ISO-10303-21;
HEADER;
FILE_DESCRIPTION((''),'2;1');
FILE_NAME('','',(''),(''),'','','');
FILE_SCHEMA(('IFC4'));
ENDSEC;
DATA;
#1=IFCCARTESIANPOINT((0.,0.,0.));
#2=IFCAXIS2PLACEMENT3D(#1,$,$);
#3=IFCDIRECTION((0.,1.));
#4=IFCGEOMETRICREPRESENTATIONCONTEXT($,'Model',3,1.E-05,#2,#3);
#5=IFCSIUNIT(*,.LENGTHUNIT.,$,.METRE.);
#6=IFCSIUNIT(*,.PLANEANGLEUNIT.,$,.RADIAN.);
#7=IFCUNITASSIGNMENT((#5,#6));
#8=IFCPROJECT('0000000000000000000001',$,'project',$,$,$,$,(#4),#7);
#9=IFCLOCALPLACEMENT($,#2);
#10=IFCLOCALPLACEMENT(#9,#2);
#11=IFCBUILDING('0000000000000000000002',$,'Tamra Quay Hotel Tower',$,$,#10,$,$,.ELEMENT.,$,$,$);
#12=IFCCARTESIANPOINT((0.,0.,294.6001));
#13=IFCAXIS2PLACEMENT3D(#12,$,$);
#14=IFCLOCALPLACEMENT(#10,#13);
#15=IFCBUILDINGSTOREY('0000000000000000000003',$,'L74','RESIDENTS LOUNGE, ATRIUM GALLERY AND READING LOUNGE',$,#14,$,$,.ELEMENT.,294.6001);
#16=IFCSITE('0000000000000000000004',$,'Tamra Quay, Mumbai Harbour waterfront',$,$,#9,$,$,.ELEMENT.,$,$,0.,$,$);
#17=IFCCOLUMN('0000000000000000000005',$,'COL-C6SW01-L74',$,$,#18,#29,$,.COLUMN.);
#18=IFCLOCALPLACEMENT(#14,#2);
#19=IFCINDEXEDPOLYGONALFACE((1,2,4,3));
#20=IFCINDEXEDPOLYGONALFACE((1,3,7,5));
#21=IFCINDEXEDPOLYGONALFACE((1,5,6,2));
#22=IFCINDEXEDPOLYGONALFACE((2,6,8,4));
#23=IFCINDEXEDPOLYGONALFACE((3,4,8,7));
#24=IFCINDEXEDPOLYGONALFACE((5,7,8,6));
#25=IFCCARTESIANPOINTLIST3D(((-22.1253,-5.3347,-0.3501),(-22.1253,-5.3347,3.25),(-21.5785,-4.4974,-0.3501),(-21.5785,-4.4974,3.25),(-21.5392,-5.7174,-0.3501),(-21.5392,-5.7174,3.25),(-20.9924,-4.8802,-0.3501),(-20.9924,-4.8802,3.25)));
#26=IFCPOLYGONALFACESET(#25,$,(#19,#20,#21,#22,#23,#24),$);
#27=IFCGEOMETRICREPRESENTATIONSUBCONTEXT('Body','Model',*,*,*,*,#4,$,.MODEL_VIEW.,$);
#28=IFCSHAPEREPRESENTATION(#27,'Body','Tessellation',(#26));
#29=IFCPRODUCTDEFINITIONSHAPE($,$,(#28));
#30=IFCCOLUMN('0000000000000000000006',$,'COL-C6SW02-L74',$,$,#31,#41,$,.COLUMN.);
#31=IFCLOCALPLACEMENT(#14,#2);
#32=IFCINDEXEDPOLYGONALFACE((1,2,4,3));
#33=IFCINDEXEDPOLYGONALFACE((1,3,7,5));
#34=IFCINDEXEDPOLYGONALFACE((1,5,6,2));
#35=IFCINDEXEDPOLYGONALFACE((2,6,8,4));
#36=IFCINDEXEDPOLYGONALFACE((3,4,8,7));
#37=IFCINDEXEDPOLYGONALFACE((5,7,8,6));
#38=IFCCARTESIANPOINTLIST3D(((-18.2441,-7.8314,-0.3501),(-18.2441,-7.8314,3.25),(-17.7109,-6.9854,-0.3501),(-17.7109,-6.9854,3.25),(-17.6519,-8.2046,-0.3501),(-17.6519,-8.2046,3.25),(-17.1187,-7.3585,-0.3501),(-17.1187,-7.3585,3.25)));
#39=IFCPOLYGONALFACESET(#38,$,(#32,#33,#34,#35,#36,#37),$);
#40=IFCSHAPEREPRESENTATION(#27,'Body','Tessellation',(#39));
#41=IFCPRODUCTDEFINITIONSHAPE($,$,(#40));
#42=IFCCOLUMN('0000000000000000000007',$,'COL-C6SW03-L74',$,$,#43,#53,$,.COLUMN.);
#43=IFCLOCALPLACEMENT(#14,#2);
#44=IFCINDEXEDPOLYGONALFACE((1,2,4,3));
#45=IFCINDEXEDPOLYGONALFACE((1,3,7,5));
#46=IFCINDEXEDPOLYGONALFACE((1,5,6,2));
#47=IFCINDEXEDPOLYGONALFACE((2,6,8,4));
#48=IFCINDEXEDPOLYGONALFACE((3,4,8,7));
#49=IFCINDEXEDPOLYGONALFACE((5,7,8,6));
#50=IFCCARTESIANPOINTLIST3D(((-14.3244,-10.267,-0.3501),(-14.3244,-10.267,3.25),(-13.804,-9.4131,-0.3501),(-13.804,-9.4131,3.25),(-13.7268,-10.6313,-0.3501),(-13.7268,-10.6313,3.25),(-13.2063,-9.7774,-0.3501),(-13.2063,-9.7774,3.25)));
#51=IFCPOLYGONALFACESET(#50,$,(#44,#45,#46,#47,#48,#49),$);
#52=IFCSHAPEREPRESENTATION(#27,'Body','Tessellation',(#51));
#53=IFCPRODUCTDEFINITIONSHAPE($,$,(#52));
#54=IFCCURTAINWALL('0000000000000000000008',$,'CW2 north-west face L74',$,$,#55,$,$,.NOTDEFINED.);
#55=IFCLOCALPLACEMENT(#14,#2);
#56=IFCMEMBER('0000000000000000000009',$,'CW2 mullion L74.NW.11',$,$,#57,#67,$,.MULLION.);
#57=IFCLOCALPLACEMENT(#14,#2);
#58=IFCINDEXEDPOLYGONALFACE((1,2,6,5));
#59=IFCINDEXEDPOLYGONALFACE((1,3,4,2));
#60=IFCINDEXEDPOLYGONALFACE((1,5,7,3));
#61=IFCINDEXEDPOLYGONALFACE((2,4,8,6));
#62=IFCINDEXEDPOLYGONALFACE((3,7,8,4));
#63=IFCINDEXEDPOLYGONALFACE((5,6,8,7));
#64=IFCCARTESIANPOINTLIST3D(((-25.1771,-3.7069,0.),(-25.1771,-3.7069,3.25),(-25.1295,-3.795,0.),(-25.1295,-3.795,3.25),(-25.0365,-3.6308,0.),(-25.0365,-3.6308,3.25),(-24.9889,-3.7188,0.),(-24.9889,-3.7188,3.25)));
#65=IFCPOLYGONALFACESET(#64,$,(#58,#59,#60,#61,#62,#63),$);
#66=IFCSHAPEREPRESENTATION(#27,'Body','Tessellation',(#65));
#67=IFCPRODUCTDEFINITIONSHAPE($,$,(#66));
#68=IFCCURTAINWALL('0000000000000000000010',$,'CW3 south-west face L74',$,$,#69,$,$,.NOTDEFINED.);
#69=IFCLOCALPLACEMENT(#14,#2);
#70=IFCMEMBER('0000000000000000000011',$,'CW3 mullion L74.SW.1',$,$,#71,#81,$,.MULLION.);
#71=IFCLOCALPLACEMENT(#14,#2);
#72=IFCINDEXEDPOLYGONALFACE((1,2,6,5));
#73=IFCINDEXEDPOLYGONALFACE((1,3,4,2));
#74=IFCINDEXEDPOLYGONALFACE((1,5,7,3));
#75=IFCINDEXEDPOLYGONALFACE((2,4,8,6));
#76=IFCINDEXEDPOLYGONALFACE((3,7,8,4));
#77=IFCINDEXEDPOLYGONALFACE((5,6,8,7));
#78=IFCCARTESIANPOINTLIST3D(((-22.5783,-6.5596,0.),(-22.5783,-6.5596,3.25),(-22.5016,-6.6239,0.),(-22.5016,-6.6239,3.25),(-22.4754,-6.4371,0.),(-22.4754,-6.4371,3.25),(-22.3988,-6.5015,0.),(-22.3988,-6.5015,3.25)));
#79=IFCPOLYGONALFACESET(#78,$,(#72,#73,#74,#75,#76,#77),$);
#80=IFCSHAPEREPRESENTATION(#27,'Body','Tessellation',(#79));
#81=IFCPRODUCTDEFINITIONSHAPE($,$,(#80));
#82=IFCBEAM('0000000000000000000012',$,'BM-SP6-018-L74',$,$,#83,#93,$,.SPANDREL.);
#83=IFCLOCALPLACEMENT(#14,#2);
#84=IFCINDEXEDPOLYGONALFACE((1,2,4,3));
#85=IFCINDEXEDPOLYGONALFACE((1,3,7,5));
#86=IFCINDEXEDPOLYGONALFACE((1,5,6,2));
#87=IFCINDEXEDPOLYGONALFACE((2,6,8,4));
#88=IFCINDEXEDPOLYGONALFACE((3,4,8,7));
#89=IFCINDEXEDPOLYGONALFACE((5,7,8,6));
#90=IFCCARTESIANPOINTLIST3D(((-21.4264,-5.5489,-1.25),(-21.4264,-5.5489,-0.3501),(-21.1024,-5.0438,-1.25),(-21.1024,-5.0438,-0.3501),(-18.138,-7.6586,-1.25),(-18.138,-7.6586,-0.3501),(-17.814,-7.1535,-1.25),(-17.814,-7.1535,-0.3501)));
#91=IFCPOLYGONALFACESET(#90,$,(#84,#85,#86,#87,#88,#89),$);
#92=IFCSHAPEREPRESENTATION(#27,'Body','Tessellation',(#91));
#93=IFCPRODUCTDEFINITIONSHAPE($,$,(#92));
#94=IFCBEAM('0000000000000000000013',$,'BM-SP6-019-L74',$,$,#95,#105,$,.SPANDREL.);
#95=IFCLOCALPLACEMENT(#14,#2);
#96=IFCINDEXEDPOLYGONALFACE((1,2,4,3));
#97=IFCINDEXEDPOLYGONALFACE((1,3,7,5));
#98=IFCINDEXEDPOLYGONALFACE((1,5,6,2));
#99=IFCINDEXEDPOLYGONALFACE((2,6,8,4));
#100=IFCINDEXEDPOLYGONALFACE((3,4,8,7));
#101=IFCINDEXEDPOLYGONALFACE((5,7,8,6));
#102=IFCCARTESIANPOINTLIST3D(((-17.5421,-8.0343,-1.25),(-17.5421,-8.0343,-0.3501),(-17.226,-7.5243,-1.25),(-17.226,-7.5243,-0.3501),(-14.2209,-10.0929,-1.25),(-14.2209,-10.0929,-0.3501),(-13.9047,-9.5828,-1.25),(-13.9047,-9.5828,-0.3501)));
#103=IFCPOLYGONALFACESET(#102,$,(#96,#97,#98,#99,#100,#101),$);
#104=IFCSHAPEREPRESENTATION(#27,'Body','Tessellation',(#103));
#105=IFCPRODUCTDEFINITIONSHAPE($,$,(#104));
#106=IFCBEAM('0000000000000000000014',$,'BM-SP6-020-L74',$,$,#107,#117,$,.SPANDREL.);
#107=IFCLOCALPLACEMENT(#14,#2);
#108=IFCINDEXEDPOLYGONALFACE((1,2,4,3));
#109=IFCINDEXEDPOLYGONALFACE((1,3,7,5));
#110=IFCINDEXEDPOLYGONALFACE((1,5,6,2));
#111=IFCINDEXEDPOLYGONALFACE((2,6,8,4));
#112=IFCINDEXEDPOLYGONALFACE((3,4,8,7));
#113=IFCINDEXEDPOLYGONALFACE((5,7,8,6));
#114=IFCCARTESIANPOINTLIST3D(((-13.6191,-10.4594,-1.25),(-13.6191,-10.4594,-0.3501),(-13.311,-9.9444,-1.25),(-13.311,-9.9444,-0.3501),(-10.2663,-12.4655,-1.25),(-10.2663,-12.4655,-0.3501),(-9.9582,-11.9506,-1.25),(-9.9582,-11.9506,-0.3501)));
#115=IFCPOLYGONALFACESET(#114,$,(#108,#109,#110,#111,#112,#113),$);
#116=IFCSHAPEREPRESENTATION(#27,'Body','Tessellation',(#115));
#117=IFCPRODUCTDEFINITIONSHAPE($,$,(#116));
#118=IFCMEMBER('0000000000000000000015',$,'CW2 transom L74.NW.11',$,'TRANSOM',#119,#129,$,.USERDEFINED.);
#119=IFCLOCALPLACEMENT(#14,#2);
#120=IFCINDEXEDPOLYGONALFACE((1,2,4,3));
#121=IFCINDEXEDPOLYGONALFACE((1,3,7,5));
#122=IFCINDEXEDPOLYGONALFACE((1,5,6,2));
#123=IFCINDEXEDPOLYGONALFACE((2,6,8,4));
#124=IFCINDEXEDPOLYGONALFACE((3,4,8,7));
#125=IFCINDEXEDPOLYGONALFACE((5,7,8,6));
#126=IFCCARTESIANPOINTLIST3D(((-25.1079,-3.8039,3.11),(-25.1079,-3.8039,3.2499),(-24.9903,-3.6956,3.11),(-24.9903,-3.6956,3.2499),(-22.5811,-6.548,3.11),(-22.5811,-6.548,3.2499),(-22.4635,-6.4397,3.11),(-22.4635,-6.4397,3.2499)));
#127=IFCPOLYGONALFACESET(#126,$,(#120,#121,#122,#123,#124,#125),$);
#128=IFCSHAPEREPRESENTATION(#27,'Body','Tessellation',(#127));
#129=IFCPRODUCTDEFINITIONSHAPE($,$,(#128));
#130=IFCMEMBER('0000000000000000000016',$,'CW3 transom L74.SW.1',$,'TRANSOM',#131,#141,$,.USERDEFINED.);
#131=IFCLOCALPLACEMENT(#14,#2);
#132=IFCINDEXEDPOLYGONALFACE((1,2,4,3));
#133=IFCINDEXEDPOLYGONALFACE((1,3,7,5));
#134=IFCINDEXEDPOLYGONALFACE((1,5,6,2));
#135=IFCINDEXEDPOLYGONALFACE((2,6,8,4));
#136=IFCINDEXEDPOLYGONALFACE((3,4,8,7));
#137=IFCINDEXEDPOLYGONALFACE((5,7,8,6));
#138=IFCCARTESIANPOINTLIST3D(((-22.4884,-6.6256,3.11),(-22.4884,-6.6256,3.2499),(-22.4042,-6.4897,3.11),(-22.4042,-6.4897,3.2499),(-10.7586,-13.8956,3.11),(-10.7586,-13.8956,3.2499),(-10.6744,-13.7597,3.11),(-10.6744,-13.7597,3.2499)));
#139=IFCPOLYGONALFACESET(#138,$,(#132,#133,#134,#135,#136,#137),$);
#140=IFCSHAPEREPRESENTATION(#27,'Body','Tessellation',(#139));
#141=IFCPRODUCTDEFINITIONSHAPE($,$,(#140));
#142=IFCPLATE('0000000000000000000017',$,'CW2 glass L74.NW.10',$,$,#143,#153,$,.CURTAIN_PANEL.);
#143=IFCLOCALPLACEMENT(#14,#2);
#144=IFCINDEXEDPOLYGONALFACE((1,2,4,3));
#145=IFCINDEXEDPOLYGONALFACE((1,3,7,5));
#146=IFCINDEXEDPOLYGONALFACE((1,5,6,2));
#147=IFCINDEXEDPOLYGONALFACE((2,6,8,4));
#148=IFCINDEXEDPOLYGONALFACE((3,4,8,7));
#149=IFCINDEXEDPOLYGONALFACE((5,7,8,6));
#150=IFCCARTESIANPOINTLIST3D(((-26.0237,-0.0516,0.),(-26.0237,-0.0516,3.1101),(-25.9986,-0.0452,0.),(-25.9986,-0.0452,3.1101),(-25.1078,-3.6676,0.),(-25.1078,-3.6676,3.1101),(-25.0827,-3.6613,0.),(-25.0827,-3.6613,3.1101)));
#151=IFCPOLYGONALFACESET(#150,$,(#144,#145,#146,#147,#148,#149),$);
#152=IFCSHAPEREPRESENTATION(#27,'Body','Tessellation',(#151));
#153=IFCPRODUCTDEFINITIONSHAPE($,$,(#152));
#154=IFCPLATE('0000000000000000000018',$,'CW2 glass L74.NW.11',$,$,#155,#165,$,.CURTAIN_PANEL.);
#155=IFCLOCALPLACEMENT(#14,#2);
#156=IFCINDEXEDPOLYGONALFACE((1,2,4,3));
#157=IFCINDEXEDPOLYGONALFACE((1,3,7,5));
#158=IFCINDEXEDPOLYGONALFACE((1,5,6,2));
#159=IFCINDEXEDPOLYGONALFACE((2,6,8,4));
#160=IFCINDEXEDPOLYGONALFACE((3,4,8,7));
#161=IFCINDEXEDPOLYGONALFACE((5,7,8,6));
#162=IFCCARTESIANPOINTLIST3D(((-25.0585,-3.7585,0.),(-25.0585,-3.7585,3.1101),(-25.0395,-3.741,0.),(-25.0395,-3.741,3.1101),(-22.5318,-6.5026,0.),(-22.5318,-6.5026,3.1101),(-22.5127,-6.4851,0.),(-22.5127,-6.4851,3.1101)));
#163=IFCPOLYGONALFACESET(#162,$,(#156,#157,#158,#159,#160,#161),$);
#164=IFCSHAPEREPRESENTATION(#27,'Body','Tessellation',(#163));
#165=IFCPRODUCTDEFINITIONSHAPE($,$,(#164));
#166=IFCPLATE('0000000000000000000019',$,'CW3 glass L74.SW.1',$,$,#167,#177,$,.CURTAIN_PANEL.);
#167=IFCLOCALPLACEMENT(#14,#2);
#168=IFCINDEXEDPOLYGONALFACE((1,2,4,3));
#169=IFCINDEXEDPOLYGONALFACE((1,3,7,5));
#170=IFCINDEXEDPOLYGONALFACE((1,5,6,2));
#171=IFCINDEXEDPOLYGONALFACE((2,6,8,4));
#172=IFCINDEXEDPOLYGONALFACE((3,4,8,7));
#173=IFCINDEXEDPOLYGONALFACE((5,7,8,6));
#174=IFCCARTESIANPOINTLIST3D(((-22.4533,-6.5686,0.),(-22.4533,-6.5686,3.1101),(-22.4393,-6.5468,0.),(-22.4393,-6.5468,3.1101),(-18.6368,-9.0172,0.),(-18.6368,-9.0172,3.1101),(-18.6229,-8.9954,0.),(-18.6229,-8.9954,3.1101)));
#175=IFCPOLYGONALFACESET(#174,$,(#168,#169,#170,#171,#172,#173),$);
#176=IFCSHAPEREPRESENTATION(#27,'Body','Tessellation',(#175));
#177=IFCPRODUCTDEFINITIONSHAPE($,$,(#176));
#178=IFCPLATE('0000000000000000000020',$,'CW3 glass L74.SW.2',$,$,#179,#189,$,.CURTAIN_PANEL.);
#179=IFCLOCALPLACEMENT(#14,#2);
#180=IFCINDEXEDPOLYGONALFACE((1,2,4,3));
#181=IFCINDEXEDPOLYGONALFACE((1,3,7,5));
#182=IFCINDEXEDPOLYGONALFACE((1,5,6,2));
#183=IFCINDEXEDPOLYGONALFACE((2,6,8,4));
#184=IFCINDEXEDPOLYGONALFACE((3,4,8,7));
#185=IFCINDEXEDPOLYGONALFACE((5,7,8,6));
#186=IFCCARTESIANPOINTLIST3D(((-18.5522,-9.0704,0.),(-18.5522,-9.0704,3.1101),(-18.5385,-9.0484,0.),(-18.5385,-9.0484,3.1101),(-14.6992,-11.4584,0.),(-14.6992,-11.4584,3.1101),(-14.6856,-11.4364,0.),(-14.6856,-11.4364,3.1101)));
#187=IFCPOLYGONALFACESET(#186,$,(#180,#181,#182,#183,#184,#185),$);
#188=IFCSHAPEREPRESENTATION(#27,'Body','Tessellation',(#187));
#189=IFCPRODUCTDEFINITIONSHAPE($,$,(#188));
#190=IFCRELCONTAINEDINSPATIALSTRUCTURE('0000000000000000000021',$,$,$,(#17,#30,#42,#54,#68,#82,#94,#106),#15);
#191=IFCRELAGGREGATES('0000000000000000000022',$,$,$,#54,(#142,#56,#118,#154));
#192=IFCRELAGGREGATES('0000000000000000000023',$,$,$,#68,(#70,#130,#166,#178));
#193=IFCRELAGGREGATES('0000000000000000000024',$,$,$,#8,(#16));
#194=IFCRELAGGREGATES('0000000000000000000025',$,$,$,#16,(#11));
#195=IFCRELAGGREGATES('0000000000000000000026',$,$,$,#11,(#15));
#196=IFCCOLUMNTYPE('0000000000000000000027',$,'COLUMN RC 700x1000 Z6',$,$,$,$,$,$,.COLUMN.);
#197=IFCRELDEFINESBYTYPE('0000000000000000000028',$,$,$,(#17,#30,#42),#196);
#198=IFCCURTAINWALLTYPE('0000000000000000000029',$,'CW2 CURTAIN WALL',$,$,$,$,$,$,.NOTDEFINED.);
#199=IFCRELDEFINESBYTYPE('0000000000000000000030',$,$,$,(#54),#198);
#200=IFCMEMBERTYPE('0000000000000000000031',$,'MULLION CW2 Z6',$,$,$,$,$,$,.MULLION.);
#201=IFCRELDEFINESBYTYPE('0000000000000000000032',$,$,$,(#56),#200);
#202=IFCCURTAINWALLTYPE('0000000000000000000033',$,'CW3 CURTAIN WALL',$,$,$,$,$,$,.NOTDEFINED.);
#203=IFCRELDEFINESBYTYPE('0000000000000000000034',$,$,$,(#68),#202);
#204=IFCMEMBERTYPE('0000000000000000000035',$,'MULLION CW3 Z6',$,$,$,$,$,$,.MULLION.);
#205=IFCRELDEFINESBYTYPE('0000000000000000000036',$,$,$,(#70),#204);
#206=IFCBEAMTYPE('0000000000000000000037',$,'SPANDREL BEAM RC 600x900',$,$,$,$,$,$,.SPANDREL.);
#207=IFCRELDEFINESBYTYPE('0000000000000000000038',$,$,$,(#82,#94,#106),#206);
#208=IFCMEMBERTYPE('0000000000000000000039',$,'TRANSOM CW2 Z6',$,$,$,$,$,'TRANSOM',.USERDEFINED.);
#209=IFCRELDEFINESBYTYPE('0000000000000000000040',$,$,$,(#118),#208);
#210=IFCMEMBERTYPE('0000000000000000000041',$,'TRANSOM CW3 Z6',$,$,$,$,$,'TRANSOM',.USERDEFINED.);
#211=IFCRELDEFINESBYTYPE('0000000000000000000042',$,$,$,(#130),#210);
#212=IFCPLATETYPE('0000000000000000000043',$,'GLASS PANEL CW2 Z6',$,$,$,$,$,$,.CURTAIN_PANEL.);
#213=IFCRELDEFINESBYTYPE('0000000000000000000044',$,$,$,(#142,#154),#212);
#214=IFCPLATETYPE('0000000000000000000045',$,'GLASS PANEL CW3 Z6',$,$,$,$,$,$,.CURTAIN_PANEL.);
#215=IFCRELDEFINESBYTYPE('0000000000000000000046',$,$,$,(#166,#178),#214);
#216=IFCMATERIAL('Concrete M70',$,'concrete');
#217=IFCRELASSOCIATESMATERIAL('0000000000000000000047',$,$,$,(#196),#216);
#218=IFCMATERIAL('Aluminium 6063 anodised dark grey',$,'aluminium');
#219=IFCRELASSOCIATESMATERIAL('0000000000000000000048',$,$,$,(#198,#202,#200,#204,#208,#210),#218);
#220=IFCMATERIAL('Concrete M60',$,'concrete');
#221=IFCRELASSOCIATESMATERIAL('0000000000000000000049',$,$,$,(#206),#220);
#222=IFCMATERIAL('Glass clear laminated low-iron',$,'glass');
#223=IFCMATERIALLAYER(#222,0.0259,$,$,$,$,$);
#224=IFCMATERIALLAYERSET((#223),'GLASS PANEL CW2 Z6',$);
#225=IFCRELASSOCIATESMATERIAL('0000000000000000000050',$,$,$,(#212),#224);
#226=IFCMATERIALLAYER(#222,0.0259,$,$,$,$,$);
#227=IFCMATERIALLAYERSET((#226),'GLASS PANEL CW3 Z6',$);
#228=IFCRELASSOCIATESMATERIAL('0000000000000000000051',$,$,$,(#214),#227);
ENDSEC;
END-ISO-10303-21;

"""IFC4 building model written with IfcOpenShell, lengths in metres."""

from ifc_helpers import new_model, si_unit, direction, frame, origin, origin_2d, place, context, subcontext, project, spatial, rectangle, extrude, material, layer, layer_set, material_profile, profile_set, type_object, element, aggregate, save


model = new_model("IFC4")

# Units and contexts
model_context = context("Model", 3, precision=1e-05, world=origin(), true_north=direction((0.0, 1.0)))
body_context = subcontext(model_context, "Body", "Model", "MODEL_VIEW")
ifc_project = project(units=[si_unit("LENGTHUNIT", "METRE"), si_unit("PLANEANGLEUNIT", "RADIAN")], contexts=[model_context])

# Site, building, storey
site_placement = place(None, origin())
site = spatial("IfcSite", under=ifc_project, at=site_placement, Name="Tamra Quay, Mumbai Harbour waterfront", CompositionType="ELEMENT", RefElevation=0.0)
building_placement = place(site_placement, origin())
building = spatial("IfcBuilding", under=site, at=building_placement, Name="Tamra Quay Hotel Tower", CompositionType="ELEMENT")
storey_placement = place(building_placement, frame((0.0, 0.0, 294.6001)))
storey = spatial("IfcBuildingStorey", under=building, at=storey_placement, Name="L74", Description="RESIDENTS LOUNGE, ATRIUM GALLERY AND READING LOUNGE", CompositionType="ELEMENT", Elevation=294.6001)

# Columns
ifc_material_1 = material(Name="Concrete M70", Category="concrete")
ifc_material_profile_1 = material_profile(ifc_material_1, rectangle(XDim=1.0, YDim=0.7, at=origin_2d()), Name="COLUMN RC 700x1000 Z6")
ifc_profile_set_1 = profile_set([ifc_material_profile_1], Name="Concrete M70")
column_type = type_object("IfcColumnType", Name="COLUMN RC 700x1000 Z6", PredefinedType="COLUMN", material=ifc_profile_set_1)
for number, where, z_axis, x_axis, name in (
    (1, (-21.5588, -5.1074, -0.3501), (0.0, 0.0, 1.0), (0.546805, 0.83726, 0.0), "COL-C6SW01-L74"),
    (2, (-17.6814, -7.595, -0.3501), (0.0, 0.0, 1.0), (0.533133, 0.846031, 0.0), "COL-C6SW02-L74"),
    (3, (-13.7654, -10.0222, -0.3501), (0.0, 0.0, 1.0), (0.52043, 0.853904, 0.0), "COL-C6SW03-L74"),
):
    element("IfcColumn", number, at=place(storey_placement, frame(where, z_axis=z_axis, x_axis=x_axis)), inside=storey, type_object=column_type, Name=name, PredefinedType="COLUMN", context=body_context, shape_type="SweptSolid", body=[
        extrude(rectangle(XDim=1.0, YDim=0.7, at=origin_2d()), origin(), (0.0, 0.0, 1.0), 3.6001),
    ])

# Curtain walls, members
ifc_material_2 = material(Name="Aluminium 6063 anodised dark grey", Category="aluminium")
curtain_wall_type_1 = type_object("IfcCurtainWallType", Name="CW2 CURTAIN WALL", PredefinedType="NOTDEFINED", material=ifc_material_2)
curtain_wall_1_placement = place(storey_placement, origin())
curtain_wall_1 = element("IfcCurtainWall", 4, at=curtain_wall_1_placement, inside=storey, type_object=curtain_wall_type_1, Name="CW2 north-west face L74", PredefinedType="NOTDEFINED")
ifc_material_profile_2 = material_profile(ifc_material_2, rectangle(XDim=0.1599, YDim=0.1001, at=origin_2d()), Name="MULLION 100X160")
ifc_profile_set_2 = profile_set([ifc_material_profile_2], Name="Aluminium 6063 anodised dark grey")
member_type_1 = type_object("IfcMemberType", Name="MULLION CW2 Z6", PredefinedType="MULLION", material=ifc_profile_set_2)
member_1_placement = place(storey_placement, frame((-25.083, -3.7129, 0.0), z_axis=(0.0, 0.0, 1.0), x_axis=(-0.879433, -0.476023, 0.0)))
member_1 = element("IfcMember", 5, at=member_1_placement, type_object=member_type_1, Name="CW2 mullion L74.NW.11", PredefinedType="MULLION", context=body_context, shape_type="SweptSolid", body=[
    extrude(rectangle(XDim=0.1599, YDim=0.1001, at=origin_2d()), origin(), (0.0, 0.0, 1.0), 3.25),
])
curtain_wall_type_2 = type_object("IfcCurtainWallType", Name="CW3 CURTAIN WALL", PredefinedType="NOTDEFINED", material=ifc_material_2)
curtain_wall_2_placement = place(storey_placement, origin())
curtain_wall_2 = element("IfcCurtainWall", 6, at=curtain_wall_2_placement, inside=storey, type_object=curtain_wall_type_2, Name="CW3 south-west face L74", PredefinedType="NOTDEFINED")
ifc_material_profile_3 = material_profile(ifc_material_2, rectangle(XDim=0.1599, YDim=0.1001, at=origin_2d()), Name="MULLION 100X160")
ifc_profile_set_3 = profile_set([ifc_material_profile_3], Name="Aluminium 6063 anodised dark grey")
member_type_2 = type_object("IfcMemberType", Name="MULLION CW3 Z6", PredefinedType="MULLION", material=ifc_profile_set_3)
member_2_placement = place(storey_placement, frame((-22.4885, -6.5305, 0.0), z_axis=(0.0, 0.0, 1.0), x_axis=(-0.643086, -0.765794, 0.0)))
member_2 = element("IfcMember", 7, at=member_2_placement, type_object=member_type_2, Name="CW3 mullion L74.SW.1", PredefinedType="MULLION", context=body_context, shape_type="SweptSolid", body=[
    extrude(rectangle(XDim=0.1599, YDim=0.1001, at=origin_2d()), origin(), (0.0, 0.0, 1.0), 3.25),
])

# Beams
ifc_material_3 = material(Name="Concrete M60", Category="concrete")
ifc_material_profile_4 = material_profile(ifc_material_3, rectangle(XDim=0.6001, YDim=0.8999, at=origin_2d()), Name="SPANDREL BEAM RC 600x900")
ifc_profile_set_4 = profile_set([ifc_material_profile_4], Name="Concrete M60")
beam_type = type_object("IfcBeamType", Name="SPANDREL BEAM RC 600x900", PredefinedType="SPANDREL", material=ifc_profile_set_4)
beam_1_placement = place(storey_placement, frame((-21.2644, -5.2964, -0.8), z_axis=(0.84168, -0.539977, 0.0), x_axis=(0.539977, 0.84168, 0.0)))
element("IfcBeam", 8, at=beam_1_placement, inside=storey, type_object=beam_type, Name="BM-SP6-018-L74", PredefinedType="SPANDREL", context=body_context, shape_type="SweptSolid", body=[
    extrude(rectangle(XDim=0.6001, YDim=0.8999, at=origin_2d()), origin(), (0.0, 0.0, 1.0), 3.907),
])
beam_2_placement = place(storey_placement, frame((-17.384, -7.7793, -0.8), z_axis=(0.849972, -0.526828, 0.0), x_axis=(0.526828, 0.849972, 0.0)))
element("IfcBeam", 9, at=beam_2_placement, inside=storey, type_object=beam_type, Name="BM-SP6-019-L74", PredefinedType="SPANDREL", context=body_context, shape_type="SweptSolid", body=[
    extrude(rectangle(XDim=0.6001, YDim=0.8999, at=origin_2d()), origin(), (0.0, 0.0, 1.0), 3.9075),
])
beam_3_placement = place(storey_placement, frame((-13.4651, -10.2019, -0.8), z_axis=(0.858121, -0.513448, 0.0), x_axis=(0.513448, 0.858121, 0.0)))
element("IfcBeam", 10, at=beam_3_placement, inside=storey, type_object=beam_type, Name="BM-SP6-020-L74", PredefinedType="SPANDREL", context=body_context, shape_type="SweptSolid", body=[
    extrude(rectangle(XDim=0.6001, YDim=0.8999, at=origin_2d()), origin(), (0.0, 0.0, 1.0), 3.9072),
])

# Members
ifc_material_profile_5 = material_profile(ifc_material_2, rectangle(XDim=0.1599, YDim=0.1399, at=origin_2d()), Name="TRANSOM 160X140")
ifc_profile_set_5 = profile_set([ifc_material_profile_5], Name="Aluminium 6063 anodised dark grey")
member_type_3 = type_object("IfcMemberType", Name="TRANSOM CW2 Z6", ElementType="TRANSOM", PredefinedType="USERDEFINED", material=ifc_profile_set_5)
member_3_placement = place(storey_placement, frame((-25.0491, -3.7498, 3.1799), z_axis=(0.677383, -0.735631, 0.0), x_axis=(0.735631, 0.677383, 0.0)))
member_3 = element("IfcMember", 11, at=member_3_placement, type_object=member_type_3, Name="CW2 transom L74.NW.11", ObjectType="TRANSOM", PredefinedType="USERDEFINED", context=body_context, shape_type="SweptSolid", body=[
    extrude(rectangle(XDim=0.1599, YDim=0.1399, at=origin_2d()), origin(), (0.0, 0.0, 1.0), 3.7302),
])
ifc_material_profile_6 = material_profile(ifc_material_2, rectangle(XDim=0.1599, YDim=0.1399, at=origin_2d()), Name="TRANSOM 160X140")
ifc_profile_set_6 = profile_set([ifc_material_profile_6], Name="Aluminium 6063 anodised dark grey")
member_type_4 = type_object("IfcMemberType", Name="TRANSOM CW3 Z6", ElementType="TRANSOM", PredefinedType="USERDEFINED", material=ifc_profile_set_6)
member_4_placement = place(storey_placement, frame((-22.4463, -6.5576, 3.1799), z_axis=(0.849981, -0.526813, 0.0), x_axis=(0.526813, 0.849981, 0.0)))
member_4 = element("IfcMember", 12, at=member_4_placement, type_object=member_type_4, Name="CW3 transom L74.SW.1", ObjectType="TRANSOM", PredefinedType="USERDEFINED", context=body_context, shape_type="SweptSolid", body=[
    extrude(rectangle(XDim=0.1599, YDim=0.1399, at=origin_2d()), origin(), (0.0, 0.0, 1.0), 13.8),
])

# Plates
ifc_material_4 = material(Name="Glass clear laminated low-iron", Category="glass")
ifc_layer_1 = layer(ifc_material_4, 0.0259)
ifc_layer_set_1 = layer_set([ifc_layer_1], Name="GLASS PANEL CW2 Z6")
plate_type_1 = type_object("IfcPlateType", Name="GLASS PANEL CW2 Z6", PredefinedType="CURTAIN_PANEL", material=ifc_layer_set_1)
plate_1_placement = place(storey_placement, frame((-25.5532, -1.8564, 0.0), z_axis=(0.0, 0.0, 1.0), x_axis=(0.245527, -0.96939, 0.0)))
plate_1 = element("IfcPlate", 13, at=plate_1_placement, type_object=plate_type_1, Name="CW2 glass L74.NW.10", PredefinedType="CURTAIN_PANEL", context=body_context, shape_type="SweptSolid", body=[
    extrude(rectangle(XDim=3.7302, YDim=0.0259, at=origin_2d()), origin(), (0.0, 0.0, 1.0), 3.1101),
])
plate_2_placement = place(storey_placement, frame((-23.7856, -5.1218, 0.0), z_axis=(0.0, 0.0, 1.0), x_axis=(0.677376, -0.735637, 0.0)))
plate_2 = element("IfcPlate", 14, at=plate_2_placement, type_object=plate_type_1, Name="CW2 glass L74.NW.11", PredefinedType="CURTAIN_PANEL", context=body_context, shape_type="SweptSolid", body=[
    extrude(rectangle(XDim=3.7302, YDim=0.0259, at=origin_2d()), origin(), (0.0, 0.0, 1.0), 3.1101),
])
aggregate(curtain_wall_1, [plate_1, member_1, member_3, plate_2])
ifc_layer_2 = layer(ifc_material_4, 0.0259)
ifc_layer_set_2 = layer_set([ifc_layer_2], Name="GLASS PANEL CW3 Z6")
plate_type_2 = type_object("IfcPlateType", Name="GLASS PANEL CW3 Z6", PredefinedType="CURTAIN_PANEL", material=ifc_layer_set_2)
plate_3_placement = place(storey_placement, frame((-20.5381, -7.782, 0.0), z_axis=(0.0, 0.0, 1.0), x_axis=(0.841665, -0.54, 0.0)))
plate_3 = element("IfcPlate", 15, at=plate_3_placement, type_object=plate_type_2, Name="CW3 glass L74.SW.1", PredefinedType="CURTAIN_PANEL", context=body_context, shape_type="SweptSolid", body=[
    extrude(rectangle(XDim=4.5344, YDim=0.0259, at=origin_2d()), origin(), (0.0, 0.0, 1.0), 3.1101),
])
plate_4_placement = place(storey_placement, frame((-16.6189, -10.2534, 0.0), z_axis=(0.0, 0.0, 1.0), x_axis=(0.849982, -0.526812, 0.0)))
plate_4 = element("IfcPlate", 16, at=plate_4_placement, type_object=plate_type_2, Name="CW3 glass L74.SW.2", PredefinedType="CURTAIN_PANEL", context=body_context, shape_type="SweptSolid", body=[
    extrude(rectangle(XDim=4.533, YDim=0.0259, at=origin_2d()), origin(), (0.0, 0.0, 1.0), 3.1101),
])
aggregate(curtain_wall_2, [member_2, member_4, plate_3, plate_4])

save(model, "model.ifc")
